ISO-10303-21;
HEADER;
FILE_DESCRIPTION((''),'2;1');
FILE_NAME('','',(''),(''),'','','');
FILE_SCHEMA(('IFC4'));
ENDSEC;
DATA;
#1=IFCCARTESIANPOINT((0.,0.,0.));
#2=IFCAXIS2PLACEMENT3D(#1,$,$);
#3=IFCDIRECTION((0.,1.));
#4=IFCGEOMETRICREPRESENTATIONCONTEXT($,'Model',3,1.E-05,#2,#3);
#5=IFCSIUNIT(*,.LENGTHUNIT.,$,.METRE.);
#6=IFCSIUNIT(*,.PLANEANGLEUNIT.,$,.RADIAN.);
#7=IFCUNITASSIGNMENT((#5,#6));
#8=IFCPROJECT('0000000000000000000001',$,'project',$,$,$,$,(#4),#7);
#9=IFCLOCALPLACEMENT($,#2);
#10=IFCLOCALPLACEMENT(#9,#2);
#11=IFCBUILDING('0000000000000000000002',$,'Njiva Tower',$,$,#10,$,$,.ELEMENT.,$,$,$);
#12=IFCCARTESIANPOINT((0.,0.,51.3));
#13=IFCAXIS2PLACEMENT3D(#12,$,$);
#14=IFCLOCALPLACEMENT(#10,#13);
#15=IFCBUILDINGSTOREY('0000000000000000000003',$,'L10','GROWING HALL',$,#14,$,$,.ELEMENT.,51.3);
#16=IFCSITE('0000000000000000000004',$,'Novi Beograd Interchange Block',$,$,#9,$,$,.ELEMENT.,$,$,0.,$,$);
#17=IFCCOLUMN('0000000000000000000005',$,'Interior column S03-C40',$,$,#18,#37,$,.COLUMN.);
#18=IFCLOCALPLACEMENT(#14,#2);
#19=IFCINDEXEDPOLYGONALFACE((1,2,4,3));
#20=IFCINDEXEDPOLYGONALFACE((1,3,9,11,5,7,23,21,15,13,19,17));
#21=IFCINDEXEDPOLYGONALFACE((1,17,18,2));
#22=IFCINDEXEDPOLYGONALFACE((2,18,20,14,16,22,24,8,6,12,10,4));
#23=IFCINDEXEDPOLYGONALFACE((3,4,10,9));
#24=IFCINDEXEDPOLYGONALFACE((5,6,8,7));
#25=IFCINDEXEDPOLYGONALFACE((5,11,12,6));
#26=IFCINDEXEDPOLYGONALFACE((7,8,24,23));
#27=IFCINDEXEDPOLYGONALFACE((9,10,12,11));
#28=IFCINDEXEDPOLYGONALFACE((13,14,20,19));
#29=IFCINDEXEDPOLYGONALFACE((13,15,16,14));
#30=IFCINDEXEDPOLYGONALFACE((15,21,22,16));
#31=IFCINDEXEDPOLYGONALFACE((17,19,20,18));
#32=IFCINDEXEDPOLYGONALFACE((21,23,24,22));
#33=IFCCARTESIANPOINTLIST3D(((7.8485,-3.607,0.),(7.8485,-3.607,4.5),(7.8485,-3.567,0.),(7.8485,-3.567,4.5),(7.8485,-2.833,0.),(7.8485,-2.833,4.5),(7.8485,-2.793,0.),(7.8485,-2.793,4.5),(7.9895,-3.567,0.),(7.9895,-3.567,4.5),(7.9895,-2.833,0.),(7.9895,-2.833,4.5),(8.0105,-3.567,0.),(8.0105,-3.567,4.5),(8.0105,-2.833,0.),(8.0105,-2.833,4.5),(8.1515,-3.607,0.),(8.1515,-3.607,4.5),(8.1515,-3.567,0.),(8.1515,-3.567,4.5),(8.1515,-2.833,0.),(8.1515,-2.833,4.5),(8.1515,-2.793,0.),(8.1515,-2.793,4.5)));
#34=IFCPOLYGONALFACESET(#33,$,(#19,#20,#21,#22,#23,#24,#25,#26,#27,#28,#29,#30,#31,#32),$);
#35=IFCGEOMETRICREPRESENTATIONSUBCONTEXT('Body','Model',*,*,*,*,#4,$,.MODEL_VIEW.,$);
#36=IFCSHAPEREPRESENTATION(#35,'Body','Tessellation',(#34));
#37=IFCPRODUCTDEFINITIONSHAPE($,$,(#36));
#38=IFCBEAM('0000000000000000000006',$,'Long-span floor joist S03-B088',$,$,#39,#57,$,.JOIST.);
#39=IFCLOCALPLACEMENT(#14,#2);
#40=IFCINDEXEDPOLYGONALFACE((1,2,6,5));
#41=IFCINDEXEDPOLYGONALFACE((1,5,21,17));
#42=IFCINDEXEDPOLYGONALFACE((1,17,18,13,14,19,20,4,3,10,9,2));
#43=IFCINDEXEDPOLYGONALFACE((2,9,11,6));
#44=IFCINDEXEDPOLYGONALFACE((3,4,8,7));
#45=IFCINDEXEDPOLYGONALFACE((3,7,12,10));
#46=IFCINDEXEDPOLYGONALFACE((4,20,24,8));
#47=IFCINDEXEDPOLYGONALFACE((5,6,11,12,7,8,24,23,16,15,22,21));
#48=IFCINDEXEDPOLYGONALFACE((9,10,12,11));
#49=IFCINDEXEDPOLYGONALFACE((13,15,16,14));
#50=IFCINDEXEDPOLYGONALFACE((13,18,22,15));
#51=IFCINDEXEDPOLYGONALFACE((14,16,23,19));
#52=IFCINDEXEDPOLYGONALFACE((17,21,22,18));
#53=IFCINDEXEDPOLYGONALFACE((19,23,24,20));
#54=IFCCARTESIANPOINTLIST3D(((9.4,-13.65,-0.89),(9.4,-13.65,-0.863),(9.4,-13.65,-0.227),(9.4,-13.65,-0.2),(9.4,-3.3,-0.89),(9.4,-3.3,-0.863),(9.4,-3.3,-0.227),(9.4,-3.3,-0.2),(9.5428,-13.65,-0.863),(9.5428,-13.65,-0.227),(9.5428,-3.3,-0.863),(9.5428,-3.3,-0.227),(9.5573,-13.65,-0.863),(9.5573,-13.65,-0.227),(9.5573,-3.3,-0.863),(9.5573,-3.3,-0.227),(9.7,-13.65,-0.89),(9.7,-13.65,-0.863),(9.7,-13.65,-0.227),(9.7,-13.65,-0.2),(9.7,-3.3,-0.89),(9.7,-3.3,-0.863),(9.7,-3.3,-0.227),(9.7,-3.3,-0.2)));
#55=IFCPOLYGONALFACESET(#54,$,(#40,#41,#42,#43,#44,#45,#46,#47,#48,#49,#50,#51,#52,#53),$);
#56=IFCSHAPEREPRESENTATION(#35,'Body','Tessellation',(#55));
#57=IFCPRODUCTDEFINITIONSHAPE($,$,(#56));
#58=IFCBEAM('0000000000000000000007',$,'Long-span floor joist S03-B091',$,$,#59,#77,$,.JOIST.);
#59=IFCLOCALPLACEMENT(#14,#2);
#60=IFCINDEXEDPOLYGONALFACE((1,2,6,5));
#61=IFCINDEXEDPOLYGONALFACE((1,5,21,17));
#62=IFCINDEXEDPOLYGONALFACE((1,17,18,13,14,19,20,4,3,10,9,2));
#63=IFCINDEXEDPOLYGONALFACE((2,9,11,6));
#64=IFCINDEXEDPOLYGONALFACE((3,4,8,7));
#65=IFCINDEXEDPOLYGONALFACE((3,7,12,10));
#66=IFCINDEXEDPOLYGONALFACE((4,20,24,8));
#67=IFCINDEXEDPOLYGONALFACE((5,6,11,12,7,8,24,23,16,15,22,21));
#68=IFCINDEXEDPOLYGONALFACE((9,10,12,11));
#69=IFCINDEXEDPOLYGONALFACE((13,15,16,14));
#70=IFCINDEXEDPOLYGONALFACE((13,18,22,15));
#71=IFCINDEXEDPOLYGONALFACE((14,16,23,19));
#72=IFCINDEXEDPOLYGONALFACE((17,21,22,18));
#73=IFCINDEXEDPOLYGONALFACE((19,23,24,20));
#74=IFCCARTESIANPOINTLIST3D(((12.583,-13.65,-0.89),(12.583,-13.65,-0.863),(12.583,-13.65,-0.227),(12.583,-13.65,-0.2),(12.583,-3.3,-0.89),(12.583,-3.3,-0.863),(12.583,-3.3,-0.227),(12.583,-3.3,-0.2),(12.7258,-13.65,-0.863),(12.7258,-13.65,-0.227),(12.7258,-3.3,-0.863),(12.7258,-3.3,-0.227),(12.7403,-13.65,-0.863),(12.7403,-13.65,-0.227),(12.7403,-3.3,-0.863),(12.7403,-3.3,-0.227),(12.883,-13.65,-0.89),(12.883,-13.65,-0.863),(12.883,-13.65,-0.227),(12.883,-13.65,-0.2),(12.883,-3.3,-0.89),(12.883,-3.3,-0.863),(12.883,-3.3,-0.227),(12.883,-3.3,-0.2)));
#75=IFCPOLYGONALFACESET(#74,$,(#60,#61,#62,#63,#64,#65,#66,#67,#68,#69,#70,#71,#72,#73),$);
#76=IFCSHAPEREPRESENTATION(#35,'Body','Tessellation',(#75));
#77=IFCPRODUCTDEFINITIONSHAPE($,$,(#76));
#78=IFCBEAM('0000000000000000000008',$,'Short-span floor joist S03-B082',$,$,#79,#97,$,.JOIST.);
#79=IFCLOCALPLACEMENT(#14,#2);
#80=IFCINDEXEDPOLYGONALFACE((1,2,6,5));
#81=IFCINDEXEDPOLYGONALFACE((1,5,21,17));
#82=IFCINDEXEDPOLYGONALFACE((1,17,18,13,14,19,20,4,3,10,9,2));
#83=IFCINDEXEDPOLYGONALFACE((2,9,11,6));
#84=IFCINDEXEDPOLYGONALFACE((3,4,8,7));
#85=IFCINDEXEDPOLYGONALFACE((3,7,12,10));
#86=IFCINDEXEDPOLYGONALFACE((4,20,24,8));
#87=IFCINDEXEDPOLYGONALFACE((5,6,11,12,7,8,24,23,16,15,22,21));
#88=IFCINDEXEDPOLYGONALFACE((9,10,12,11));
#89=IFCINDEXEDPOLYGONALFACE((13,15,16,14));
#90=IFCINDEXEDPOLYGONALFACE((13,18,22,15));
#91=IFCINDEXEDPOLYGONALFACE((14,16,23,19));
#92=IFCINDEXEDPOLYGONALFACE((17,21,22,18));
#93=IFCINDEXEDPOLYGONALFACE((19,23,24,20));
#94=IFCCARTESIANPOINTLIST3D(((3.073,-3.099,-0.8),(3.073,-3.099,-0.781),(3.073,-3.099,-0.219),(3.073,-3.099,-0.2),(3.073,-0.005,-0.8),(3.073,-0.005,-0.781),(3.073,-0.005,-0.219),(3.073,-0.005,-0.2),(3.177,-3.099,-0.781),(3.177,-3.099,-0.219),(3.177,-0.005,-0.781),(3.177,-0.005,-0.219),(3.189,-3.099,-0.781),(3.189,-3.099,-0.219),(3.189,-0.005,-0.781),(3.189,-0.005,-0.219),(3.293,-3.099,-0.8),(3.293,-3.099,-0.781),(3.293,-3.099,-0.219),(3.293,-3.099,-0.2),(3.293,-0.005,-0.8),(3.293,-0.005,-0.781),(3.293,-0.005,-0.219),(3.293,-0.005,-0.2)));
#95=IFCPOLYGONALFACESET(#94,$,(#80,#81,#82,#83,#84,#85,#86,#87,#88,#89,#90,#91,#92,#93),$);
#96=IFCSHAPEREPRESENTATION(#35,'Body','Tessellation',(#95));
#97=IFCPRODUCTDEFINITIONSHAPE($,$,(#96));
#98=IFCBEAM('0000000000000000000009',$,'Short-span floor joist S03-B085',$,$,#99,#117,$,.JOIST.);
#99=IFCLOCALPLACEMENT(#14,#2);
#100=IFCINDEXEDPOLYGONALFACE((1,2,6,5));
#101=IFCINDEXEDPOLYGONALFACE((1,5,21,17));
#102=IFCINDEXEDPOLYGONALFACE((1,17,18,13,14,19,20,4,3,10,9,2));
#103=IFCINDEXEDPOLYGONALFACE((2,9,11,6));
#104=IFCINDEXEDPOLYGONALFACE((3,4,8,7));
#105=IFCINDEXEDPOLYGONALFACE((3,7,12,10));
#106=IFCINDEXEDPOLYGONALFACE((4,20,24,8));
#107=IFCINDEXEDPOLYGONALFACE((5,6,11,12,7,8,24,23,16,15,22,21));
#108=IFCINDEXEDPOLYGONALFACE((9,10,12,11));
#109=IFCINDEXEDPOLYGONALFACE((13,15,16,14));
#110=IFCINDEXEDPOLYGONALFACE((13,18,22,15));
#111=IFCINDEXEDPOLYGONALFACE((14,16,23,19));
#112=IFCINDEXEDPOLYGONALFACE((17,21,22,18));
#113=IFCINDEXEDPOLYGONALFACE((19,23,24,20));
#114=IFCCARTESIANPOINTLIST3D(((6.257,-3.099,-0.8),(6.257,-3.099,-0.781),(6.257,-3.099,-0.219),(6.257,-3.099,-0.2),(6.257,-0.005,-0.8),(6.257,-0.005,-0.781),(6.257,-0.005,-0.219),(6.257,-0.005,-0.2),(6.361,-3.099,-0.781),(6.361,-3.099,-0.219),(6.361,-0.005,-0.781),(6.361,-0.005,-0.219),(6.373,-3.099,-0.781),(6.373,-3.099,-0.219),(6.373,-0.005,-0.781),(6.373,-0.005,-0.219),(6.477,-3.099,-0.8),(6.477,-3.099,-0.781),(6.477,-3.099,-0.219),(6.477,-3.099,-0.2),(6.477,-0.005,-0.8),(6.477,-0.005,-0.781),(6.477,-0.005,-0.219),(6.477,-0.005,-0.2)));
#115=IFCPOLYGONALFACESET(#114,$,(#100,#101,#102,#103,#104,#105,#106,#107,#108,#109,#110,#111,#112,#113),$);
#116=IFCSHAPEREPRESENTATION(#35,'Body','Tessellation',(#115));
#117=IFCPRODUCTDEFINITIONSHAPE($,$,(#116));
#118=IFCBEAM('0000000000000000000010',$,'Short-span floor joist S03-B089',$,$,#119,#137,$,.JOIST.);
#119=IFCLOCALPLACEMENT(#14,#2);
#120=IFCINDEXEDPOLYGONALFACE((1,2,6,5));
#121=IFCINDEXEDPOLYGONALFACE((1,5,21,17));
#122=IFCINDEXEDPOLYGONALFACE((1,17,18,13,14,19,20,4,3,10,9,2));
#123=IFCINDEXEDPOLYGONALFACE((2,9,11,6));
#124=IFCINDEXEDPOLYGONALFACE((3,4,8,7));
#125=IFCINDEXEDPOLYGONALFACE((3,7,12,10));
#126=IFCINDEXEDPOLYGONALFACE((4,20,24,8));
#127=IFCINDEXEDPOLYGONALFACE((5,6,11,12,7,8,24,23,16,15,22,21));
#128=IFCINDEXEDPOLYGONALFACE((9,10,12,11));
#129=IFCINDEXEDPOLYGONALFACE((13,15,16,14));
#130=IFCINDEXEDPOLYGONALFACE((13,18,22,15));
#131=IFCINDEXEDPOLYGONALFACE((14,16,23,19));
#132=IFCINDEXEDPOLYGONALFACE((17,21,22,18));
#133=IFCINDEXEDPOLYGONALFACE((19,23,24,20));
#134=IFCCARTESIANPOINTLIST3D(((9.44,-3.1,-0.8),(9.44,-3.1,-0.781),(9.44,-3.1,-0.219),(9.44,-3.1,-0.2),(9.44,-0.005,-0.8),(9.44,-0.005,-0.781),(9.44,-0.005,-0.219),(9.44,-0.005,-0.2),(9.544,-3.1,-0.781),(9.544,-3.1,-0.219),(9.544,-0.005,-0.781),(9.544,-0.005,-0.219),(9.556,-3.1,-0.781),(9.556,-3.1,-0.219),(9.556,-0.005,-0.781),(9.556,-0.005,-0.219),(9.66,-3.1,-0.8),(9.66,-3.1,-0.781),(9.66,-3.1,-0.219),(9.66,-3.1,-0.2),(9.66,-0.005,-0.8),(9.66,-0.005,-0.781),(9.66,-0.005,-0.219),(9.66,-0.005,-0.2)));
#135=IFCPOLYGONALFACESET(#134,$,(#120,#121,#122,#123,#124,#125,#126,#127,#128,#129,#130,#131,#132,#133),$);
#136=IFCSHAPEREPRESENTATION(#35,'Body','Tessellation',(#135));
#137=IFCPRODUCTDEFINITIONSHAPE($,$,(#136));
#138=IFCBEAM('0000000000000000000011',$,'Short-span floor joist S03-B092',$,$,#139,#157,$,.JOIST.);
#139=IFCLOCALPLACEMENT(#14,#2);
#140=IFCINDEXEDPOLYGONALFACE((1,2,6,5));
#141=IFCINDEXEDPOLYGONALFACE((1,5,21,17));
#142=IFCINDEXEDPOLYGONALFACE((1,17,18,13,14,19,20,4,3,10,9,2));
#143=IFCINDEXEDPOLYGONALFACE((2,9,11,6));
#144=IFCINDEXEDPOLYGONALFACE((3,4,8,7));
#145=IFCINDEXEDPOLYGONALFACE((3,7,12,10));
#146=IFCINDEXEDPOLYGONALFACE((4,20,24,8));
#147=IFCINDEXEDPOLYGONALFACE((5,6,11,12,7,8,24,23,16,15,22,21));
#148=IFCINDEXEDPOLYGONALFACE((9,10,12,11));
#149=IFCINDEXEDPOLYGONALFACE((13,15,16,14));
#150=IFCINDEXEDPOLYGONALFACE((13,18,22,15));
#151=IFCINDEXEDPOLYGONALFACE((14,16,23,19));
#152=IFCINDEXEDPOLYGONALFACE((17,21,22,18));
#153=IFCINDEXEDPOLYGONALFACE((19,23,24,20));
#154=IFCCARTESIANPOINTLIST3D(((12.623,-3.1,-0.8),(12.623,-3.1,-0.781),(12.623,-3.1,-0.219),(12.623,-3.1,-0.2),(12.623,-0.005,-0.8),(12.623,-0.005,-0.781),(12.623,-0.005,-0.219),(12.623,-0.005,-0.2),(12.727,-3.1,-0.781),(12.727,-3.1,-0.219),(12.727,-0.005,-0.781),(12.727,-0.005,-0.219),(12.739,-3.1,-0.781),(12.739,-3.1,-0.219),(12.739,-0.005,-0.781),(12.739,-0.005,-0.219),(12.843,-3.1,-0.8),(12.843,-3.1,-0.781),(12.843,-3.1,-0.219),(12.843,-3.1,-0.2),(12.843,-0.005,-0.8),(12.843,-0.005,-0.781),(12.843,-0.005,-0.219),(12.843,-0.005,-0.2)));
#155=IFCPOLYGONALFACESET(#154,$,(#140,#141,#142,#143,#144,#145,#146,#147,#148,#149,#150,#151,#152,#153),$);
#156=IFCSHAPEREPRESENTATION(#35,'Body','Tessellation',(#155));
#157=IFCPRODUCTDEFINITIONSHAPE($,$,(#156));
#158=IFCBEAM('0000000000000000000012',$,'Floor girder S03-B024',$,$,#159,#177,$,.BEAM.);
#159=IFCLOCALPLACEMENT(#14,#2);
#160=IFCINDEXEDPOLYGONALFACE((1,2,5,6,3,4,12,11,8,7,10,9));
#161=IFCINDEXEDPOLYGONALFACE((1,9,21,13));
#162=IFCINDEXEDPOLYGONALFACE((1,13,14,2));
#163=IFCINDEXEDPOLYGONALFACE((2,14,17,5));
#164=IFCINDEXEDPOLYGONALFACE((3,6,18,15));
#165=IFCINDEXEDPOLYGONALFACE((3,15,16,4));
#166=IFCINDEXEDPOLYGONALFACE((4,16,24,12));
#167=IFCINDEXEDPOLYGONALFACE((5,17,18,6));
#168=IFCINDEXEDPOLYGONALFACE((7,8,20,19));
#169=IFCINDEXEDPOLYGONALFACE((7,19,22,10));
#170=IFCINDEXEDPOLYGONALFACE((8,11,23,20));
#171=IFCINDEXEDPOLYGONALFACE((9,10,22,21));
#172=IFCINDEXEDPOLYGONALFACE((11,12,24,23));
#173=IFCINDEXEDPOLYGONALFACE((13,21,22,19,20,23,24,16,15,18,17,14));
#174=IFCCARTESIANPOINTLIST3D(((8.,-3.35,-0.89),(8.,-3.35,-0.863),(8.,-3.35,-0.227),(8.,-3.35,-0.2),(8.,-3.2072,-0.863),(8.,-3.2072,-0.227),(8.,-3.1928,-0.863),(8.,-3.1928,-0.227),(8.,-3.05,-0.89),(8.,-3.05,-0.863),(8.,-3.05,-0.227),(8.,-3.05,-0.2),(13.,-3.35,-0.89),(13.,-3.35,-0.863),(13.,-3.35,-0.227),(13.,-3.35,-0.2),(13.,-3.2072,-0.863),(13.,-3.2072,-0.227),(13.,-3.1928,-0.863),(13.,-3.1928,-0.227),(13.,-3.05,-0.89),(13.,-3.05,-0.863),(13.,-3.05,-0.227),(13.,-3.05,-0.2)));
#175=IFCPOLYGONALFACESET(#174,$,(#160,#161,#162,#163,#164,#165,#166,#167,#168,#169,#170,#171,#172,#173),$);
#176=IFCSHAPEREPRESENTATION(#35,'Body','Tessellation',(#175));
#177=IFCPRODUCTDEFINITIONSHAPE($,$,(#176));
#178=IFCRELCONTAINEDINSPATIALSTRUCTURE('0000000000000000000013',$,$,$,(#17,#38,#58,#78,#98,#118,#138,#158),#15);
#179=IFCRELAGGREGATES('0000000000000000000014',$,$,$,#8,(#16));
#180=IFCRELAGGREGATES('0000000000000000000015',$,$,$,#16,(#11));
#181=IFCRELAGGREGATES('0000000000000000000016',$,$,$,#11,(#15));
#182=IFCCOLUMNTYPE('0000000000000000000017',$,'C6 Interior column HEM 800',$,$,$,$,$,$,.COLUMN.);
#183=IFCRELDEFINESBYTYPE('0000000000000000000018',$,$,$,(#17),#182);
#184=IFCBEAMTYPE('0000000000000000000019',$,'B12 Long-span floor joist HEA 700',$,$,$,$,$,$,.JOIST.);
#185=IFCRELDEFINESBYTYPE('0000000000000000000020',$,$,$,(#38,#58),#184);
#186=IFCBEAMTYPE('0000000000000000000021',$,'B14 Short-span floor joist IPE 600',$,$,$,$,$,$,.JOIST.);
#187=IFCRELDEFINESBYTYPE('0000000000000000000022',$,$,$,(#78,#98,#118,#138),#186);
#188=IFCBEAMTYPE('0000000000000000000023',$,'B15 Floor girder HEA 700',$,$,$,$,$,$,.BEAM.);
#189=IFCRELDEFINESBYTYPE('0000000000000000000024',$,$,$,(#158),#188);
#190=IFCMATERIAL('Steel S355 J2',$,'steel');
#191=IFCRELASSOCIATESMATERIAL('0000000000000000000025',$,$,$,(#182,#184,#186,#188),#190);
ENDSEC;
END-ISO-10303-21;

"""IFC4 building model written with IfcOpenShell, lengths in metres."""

from ifc_helpers import new_model, si_unit, direction, frame, origin, origin_2d, place, context, subcontext, project, spatial, i_section, extrude, material, material_profile, profile_set, type_object, element, save


model = new_model("IFC4")

# Units and contexts
model_context = context("Model", 3, precision=1e-05, world=origin(), true_north=direction((0.0, 1.0)))
body_context = subcontext(model_context, "Body", "Model", "MODEL_VIEW")
ifc_project = project(units=[si_unit("LENGTHUNIT", "METRE"), si_unit("PLANEANGLEUNIT", "RADIAN")], contexts=[model_context])

# Site, building, storey
site_placement = place(None, origin())
site = spatial("IfcSite", under=ifc_project, at=site_placement, Name="Novi Beograd Interchange Block", CompositionType="ELEMENT", RefElevation=0.0)
building_placement = place(site_placement, origin())
building = spatial("IfcBuilding", under=site, at=building_placement, Name="Njiva Tower", CompositionType="ELEMENT")
storey_placement = place(building_placement, frame((0.0, 0.0, 51.3)))
storey = spatial("IfcBuildingStorey", under=building, at=storey_placement, Name="L10", Description="GROWING HALL", CompositionType="ELEMENT", Elevation=51.3)

# Column
ifc_material_1 = material(Name="Steel S355 J2", Category="steel")
ifc_material_profile_1 = material_profile(ifc_material_1, i_section(OverallWidth=0.303, OverallDepth=0.814, WebThickness=0.021, FlangeThickness=0.04, at=origin_2d()), Name="HEM 800")
ifc_profile_set_1 = profile_set([ifc_material_profile_1], Name="Steel S355 J2")
column_type = type_object("IfcColumnType", Name="C6 Interior column HEM 800", PredefinedType="COLUMN", material=ifc_profile_set_1)
column_placement = place(storey_placement, frame((8.0, -3.2, 0.0), z_axis=(0.0, 0.0, 1.0), x_axis=(1.0, 0.0, 0.0)))
element("IfcColumn", 1, at=column_placement, inside=storey, type_object=column_type, Name="Interior column S03-C40", PredefinedType="COLUMN", context=body_context, shape_type="SweptSolid", body=[
    extrude(i_section(OverallWidth=0.303, OverallDepth=0.814, WebThickness=0.021, FlangeThickness=0.04, at=origin_2d()), origin(), (0.0, 0.0, 1.0), 4.5),
])

# Beams
ifc_material_profile_2 = material_profile(ifc_material_1, i_section(OverallWidth=0.3, OverallDepth=0.69, WebThickness=0.0145, FlangeThickness=0.027, at=origin_2d()), Name="HEA 700")
ifc_profile_set_2 = profile_set([ifc_material_profile_2], Name="Steel S355 J2")
beam_type_1 = type_object("IfcBeamType", Name="B12 Long-span floor joist HEA 700", PredefinedType="JOIST", material=ifc_profile_set_2)
for number, where, z_axis, x_axis, name in (
    (2, (9.55, -3.3, -0.545), (0.0, -1.0, 0.0), (1.0, 0.0, 0.0), "Long-span floor joist S03-B088"),
    (3, (12.733, -3.3, -0.545), (0.0, -1.0, 0.0), (1.0, 0.0, 0.0), "Long-span floor joist S03-B091"),
):
    element("IfcBeam", number, at=place(storey_placement, frame(where, z_axis=z_axis, x_axis=x_axis)), inside=storey, type_object=beam_type_1, Name=name, PredefinedType="JOIST", context=body_context, shape_type="SweptSolid", body=[
        extrude(i_section(OverallWidth=0.3, OverallDepth=0.69, WebThickness=0.0145, FlangeThickness=0.027, at=origin_2d()), origin(), (0.0, 0.0, 1.0), 10.35),
    ])
ifc_material_profile_3 = material_profile(ifc_material_1, i_section(OverallWidth=0.22, OverallDepth=0.6, WebThickness=0.012, FlangeThickness=0.019, at=origin_2d()), Name="IPE 600")
ifc_profile_set_3 = profile_set([ifc_material_profile_3], Name="Steel S355 J2")
beam_type_2 = type_object("IfcBeamType", Name="B14 Short-span floor joist IPE 600", PredefinedType="JOIST", material=ifc_profile_set_3)
for number, where, z_axis, x_axis, name in (
    (4, (3.183, -0.005, -0.5), (0.0, -1.0, 0.0), (1.0, 0.0, 0.0), "Short-span floor joist S03-B082"),
    (5, (6.367, -0.005, -0.5), (0.0, -1.0, 0.0), (1.0, 0.0, 0.0), "Short-span floor joist S03-B085"),
):
    element("IfcBeam", number, at=place(storey_placement, frame(where, z_axis=z_axis, x_axis=x_axis)), inside=storey, type_object=beam_type_2, Name=name, PredefinedType="JOIST", context=body_context, shape_type="SweptSolid", body=[
        extrude(i_section(OverallWidth=0.22, OverallDepth=0.6, WebThickness=0.012, FlangeThickness=0.019, at=origin_2d()), origin(), (0.0, 0.0, 1.0), 3.094),
    ])
for number, where, z_axis, x_axis, name in (
    (6, (9.55, -0.005, -0.5), (0.0, -1.0, 0.0), (1.0, 0.0, 0.0), "Short-span floor joist S03-B089"),
    (7, (12.733, -0.005, -0.5), (0.0, -1.0, 0.0), (1.0, 0.0, 0.0), "Short-span floor joist S03-B092"),
):
    element("IfcBeam", number, at=place(storey_placement, frame(where, z_axis=z_axis, x_axis=x_axis)), inside=storey, type_object=beam_type_2, Name=name, PredefinedType="JOIST", context=body_context, shape_type="SweptSolid", body=[
        extrude(i_section(OverallWidth=0.22, OverallDepth=0.6, WebThickness=0.012, FlangeThickness=0.019, at=origin_2d()), origin(), (0.0, 0.0, 1.0), 3.095),
    ])
ifc_material_profile_4 = material_profile(ifc_material_1, i_section(OverallWidth=0.3, OverallDepth=0.69, WebThickness=0.0145, FlangeThickness=0.027, at=origin_2d()), Name="HEA 700")
ifc_profile_set_4 = profile_set([ifc_material_profile_4], Name="Steel S355 J2")
beam_type_3 = type_object("IfcBeamType", Name="B15 Floor girder HEA 700", PredefinedType="BEAM", material=ifc_profile_set_4)
beam_1_placement = place(storey_placement, frame((8.0, -3.2, -0.545), z_axis=(1.0, 0.0, 0.0), x_axis=(0.0, 1.0, 0.0)))
element("IfcBeam", 8, at=beam_1_placement, inside=storey, type_object=beam_type_3, Name="Floor girder S03-B024", PredefinedType="BEAM", context=body_context, shape_type="SweptSolid", body=[
    extrude(i_section(OverallWidth=0.3, OverallDepth=0.69, WebThickness=0.0145, FlangeThickness=0.027, at=origin_2d()), origin(), (0.0, 0.0, 1.0), 5.0),
])

save(model, "model.ifc")
